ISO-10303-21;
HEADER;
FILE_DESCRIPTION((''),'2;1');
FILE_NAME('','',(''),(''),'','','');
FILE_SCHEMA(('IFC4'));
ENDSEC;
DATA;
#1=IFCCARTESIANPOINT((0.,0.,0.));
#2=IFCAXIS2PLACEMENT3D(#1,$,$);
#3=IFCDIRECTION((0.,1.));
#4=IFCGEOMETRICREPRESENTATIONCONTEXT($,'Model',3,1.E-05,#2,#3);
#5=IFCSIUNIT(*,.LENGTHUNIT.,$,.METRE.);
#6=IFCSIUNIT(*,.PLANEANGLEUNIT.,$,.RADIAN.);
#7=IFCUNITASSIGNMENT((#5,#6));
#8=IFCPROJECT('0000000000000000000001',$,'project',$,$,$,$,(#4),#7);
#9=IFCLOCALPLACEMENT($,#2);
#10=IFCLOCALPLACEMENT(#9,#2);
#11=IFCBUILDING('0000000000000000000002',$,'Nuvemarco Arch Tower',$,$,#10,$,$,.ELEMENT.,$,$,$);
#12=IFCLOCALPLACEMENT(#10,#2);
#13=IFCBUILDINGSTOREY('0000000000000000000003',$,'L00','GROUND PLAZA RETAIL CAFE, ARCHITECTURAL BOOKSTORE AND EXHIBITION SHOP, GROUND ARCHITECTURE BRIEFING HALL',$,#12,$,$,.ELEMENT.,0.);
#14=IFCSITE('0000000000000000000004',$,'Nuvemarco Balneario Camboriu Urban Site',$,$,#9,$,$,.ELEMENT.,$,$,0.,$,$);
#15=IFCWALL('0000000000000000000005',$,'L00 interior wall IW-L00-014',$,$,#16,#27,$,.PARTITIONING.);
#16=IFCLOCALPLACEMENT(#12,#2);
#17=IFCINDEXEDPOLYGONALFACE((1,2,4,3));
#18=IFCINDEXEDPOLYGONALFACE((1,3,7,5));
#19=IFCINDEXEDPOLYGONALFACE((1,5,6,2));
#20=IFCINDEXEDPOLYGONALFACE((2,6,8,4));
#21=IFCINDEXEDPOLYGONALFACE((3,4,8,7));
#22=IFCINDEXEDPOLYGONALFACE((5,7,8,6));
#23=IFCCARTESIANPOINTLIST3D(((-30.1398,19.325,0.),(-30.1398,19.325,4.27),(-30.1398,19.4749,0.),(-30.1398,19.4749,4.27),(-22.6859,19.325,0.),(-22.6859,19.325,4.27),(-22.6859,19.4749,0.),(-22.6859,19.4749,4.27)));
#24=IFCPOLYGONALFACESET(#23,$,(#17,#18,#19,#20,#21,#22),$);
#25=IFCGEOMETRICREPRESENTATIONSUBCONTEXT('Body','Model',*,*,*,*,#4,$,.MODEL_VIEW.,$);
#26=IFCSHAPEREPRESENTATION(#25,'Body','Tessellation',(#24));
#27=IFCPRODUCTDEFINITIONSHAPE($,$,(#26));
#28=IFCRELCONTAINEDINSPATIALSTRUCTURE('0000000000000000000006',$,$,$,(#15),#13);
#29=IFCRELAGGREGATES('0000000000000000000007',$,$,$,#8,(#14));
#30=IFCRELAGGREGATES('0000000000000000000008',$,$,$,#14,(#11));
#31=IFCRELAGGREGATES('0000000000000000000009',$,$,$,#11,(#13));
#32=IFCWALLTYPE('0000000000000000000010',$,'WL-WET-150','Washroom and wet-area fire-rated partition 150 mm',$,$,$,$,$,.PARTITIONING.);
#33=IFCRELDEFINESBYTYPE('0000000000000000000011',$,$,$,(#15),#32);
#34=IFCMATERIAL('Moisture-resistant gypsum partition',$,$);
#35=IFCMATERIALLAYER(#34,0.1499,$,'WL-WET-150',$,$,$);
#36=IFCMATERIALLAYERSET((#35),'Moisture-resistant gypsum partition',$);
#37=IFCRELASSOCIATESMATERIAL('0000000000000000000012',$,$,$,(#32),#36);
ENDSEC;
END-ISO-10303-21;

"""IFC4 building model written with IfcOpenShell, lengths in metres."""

from ifc_helpers import new_model, si_unit, direction, frame, frame_2d, origin, place, context, subcontext, project, spatial, rectangle, extrude, material, layer, layer_set, type_object, element, save


model = new_model("IFC4")

# Units and contexts
model_context = context("Model", 3, precision=1e-05, world=origin(), true_north=direction((0.0, 1.0)))
body_context = subcontext(model_context, "Body", "Model", "MODEL_VIEW")
ifc_project = project(units=[si_unit("LENGTHUNIT", "METRE"), si_unit("PLANEANGLEUNIT", "RADIAN")], contexts=[model_context])

# Site, building, storey
site_placement = place(None, origin())
site = spatial("IfcSite", under=ifc_project, at=site_placement, Name="Nuvemarco Balneario Camboriu Urban Site", CompositionType="ELEMENT", RefElevation=0.0)
building_placement = place(site_placement, origin())
building = spatial("IfcBuilding", under=site, at=building_placement, Name="Nuvemarco Arch Tower", CompositionType="ELEMENT")
storey_placement = place(building_placement, origin())
storey = spatial("IfcBuildingStorey", under=building, at=storey_placement, Name="L00", Description="GROUND PLAZA RETAIL CAFE, ARCHITECTURAL BOOKSTORE AND EXHIBITION SHOP, GROUND ARCHITECTURE BRIEFING HALL", CompositionType="ELEMENT", Elevation=0.0)

# Wall
ifc_material_1 = material(Name="Moisture-resistant gypsum partition")
ifc_layer_1 = layer(ifc_material_1, 0.1499, Name="WL-WET-150")
ifc_layer_set_1 = layer_set([ifc_layer_1], Name="Moisture-resistant gypsum partition")
wall_type_1 = type_object("IfcWallType", Name="WL-WET-150", Description="Washroom and wet-area fire-rated partition 150 mm", PredefinedType="PARTITIONING", material=ifc_layer_set_1)
wall_1_placement = place(storey_placement, frame((-30.1399, 19.3999, 0.0), z_axis=(0.0, 0.0, 1.0), x_axis=(1.0, 0.0, 0.0)))
element("IfcWall", 1, at=wall_1_placement, inside=storey, type_object=wall_type_1, Name="L00 interior wall IW-L00-014", PredefinedType="PARTITIONING", context=body_context, shape_type="SweptSolid", body=[
    extrude(rectangle(XDim=7.4539, YDim=0.1499, at=frame_2d((3.7271, 0.0))), origin(), (0.0, 0.0, 1.0), 4.27),
])

save(model, "model.ifc")
